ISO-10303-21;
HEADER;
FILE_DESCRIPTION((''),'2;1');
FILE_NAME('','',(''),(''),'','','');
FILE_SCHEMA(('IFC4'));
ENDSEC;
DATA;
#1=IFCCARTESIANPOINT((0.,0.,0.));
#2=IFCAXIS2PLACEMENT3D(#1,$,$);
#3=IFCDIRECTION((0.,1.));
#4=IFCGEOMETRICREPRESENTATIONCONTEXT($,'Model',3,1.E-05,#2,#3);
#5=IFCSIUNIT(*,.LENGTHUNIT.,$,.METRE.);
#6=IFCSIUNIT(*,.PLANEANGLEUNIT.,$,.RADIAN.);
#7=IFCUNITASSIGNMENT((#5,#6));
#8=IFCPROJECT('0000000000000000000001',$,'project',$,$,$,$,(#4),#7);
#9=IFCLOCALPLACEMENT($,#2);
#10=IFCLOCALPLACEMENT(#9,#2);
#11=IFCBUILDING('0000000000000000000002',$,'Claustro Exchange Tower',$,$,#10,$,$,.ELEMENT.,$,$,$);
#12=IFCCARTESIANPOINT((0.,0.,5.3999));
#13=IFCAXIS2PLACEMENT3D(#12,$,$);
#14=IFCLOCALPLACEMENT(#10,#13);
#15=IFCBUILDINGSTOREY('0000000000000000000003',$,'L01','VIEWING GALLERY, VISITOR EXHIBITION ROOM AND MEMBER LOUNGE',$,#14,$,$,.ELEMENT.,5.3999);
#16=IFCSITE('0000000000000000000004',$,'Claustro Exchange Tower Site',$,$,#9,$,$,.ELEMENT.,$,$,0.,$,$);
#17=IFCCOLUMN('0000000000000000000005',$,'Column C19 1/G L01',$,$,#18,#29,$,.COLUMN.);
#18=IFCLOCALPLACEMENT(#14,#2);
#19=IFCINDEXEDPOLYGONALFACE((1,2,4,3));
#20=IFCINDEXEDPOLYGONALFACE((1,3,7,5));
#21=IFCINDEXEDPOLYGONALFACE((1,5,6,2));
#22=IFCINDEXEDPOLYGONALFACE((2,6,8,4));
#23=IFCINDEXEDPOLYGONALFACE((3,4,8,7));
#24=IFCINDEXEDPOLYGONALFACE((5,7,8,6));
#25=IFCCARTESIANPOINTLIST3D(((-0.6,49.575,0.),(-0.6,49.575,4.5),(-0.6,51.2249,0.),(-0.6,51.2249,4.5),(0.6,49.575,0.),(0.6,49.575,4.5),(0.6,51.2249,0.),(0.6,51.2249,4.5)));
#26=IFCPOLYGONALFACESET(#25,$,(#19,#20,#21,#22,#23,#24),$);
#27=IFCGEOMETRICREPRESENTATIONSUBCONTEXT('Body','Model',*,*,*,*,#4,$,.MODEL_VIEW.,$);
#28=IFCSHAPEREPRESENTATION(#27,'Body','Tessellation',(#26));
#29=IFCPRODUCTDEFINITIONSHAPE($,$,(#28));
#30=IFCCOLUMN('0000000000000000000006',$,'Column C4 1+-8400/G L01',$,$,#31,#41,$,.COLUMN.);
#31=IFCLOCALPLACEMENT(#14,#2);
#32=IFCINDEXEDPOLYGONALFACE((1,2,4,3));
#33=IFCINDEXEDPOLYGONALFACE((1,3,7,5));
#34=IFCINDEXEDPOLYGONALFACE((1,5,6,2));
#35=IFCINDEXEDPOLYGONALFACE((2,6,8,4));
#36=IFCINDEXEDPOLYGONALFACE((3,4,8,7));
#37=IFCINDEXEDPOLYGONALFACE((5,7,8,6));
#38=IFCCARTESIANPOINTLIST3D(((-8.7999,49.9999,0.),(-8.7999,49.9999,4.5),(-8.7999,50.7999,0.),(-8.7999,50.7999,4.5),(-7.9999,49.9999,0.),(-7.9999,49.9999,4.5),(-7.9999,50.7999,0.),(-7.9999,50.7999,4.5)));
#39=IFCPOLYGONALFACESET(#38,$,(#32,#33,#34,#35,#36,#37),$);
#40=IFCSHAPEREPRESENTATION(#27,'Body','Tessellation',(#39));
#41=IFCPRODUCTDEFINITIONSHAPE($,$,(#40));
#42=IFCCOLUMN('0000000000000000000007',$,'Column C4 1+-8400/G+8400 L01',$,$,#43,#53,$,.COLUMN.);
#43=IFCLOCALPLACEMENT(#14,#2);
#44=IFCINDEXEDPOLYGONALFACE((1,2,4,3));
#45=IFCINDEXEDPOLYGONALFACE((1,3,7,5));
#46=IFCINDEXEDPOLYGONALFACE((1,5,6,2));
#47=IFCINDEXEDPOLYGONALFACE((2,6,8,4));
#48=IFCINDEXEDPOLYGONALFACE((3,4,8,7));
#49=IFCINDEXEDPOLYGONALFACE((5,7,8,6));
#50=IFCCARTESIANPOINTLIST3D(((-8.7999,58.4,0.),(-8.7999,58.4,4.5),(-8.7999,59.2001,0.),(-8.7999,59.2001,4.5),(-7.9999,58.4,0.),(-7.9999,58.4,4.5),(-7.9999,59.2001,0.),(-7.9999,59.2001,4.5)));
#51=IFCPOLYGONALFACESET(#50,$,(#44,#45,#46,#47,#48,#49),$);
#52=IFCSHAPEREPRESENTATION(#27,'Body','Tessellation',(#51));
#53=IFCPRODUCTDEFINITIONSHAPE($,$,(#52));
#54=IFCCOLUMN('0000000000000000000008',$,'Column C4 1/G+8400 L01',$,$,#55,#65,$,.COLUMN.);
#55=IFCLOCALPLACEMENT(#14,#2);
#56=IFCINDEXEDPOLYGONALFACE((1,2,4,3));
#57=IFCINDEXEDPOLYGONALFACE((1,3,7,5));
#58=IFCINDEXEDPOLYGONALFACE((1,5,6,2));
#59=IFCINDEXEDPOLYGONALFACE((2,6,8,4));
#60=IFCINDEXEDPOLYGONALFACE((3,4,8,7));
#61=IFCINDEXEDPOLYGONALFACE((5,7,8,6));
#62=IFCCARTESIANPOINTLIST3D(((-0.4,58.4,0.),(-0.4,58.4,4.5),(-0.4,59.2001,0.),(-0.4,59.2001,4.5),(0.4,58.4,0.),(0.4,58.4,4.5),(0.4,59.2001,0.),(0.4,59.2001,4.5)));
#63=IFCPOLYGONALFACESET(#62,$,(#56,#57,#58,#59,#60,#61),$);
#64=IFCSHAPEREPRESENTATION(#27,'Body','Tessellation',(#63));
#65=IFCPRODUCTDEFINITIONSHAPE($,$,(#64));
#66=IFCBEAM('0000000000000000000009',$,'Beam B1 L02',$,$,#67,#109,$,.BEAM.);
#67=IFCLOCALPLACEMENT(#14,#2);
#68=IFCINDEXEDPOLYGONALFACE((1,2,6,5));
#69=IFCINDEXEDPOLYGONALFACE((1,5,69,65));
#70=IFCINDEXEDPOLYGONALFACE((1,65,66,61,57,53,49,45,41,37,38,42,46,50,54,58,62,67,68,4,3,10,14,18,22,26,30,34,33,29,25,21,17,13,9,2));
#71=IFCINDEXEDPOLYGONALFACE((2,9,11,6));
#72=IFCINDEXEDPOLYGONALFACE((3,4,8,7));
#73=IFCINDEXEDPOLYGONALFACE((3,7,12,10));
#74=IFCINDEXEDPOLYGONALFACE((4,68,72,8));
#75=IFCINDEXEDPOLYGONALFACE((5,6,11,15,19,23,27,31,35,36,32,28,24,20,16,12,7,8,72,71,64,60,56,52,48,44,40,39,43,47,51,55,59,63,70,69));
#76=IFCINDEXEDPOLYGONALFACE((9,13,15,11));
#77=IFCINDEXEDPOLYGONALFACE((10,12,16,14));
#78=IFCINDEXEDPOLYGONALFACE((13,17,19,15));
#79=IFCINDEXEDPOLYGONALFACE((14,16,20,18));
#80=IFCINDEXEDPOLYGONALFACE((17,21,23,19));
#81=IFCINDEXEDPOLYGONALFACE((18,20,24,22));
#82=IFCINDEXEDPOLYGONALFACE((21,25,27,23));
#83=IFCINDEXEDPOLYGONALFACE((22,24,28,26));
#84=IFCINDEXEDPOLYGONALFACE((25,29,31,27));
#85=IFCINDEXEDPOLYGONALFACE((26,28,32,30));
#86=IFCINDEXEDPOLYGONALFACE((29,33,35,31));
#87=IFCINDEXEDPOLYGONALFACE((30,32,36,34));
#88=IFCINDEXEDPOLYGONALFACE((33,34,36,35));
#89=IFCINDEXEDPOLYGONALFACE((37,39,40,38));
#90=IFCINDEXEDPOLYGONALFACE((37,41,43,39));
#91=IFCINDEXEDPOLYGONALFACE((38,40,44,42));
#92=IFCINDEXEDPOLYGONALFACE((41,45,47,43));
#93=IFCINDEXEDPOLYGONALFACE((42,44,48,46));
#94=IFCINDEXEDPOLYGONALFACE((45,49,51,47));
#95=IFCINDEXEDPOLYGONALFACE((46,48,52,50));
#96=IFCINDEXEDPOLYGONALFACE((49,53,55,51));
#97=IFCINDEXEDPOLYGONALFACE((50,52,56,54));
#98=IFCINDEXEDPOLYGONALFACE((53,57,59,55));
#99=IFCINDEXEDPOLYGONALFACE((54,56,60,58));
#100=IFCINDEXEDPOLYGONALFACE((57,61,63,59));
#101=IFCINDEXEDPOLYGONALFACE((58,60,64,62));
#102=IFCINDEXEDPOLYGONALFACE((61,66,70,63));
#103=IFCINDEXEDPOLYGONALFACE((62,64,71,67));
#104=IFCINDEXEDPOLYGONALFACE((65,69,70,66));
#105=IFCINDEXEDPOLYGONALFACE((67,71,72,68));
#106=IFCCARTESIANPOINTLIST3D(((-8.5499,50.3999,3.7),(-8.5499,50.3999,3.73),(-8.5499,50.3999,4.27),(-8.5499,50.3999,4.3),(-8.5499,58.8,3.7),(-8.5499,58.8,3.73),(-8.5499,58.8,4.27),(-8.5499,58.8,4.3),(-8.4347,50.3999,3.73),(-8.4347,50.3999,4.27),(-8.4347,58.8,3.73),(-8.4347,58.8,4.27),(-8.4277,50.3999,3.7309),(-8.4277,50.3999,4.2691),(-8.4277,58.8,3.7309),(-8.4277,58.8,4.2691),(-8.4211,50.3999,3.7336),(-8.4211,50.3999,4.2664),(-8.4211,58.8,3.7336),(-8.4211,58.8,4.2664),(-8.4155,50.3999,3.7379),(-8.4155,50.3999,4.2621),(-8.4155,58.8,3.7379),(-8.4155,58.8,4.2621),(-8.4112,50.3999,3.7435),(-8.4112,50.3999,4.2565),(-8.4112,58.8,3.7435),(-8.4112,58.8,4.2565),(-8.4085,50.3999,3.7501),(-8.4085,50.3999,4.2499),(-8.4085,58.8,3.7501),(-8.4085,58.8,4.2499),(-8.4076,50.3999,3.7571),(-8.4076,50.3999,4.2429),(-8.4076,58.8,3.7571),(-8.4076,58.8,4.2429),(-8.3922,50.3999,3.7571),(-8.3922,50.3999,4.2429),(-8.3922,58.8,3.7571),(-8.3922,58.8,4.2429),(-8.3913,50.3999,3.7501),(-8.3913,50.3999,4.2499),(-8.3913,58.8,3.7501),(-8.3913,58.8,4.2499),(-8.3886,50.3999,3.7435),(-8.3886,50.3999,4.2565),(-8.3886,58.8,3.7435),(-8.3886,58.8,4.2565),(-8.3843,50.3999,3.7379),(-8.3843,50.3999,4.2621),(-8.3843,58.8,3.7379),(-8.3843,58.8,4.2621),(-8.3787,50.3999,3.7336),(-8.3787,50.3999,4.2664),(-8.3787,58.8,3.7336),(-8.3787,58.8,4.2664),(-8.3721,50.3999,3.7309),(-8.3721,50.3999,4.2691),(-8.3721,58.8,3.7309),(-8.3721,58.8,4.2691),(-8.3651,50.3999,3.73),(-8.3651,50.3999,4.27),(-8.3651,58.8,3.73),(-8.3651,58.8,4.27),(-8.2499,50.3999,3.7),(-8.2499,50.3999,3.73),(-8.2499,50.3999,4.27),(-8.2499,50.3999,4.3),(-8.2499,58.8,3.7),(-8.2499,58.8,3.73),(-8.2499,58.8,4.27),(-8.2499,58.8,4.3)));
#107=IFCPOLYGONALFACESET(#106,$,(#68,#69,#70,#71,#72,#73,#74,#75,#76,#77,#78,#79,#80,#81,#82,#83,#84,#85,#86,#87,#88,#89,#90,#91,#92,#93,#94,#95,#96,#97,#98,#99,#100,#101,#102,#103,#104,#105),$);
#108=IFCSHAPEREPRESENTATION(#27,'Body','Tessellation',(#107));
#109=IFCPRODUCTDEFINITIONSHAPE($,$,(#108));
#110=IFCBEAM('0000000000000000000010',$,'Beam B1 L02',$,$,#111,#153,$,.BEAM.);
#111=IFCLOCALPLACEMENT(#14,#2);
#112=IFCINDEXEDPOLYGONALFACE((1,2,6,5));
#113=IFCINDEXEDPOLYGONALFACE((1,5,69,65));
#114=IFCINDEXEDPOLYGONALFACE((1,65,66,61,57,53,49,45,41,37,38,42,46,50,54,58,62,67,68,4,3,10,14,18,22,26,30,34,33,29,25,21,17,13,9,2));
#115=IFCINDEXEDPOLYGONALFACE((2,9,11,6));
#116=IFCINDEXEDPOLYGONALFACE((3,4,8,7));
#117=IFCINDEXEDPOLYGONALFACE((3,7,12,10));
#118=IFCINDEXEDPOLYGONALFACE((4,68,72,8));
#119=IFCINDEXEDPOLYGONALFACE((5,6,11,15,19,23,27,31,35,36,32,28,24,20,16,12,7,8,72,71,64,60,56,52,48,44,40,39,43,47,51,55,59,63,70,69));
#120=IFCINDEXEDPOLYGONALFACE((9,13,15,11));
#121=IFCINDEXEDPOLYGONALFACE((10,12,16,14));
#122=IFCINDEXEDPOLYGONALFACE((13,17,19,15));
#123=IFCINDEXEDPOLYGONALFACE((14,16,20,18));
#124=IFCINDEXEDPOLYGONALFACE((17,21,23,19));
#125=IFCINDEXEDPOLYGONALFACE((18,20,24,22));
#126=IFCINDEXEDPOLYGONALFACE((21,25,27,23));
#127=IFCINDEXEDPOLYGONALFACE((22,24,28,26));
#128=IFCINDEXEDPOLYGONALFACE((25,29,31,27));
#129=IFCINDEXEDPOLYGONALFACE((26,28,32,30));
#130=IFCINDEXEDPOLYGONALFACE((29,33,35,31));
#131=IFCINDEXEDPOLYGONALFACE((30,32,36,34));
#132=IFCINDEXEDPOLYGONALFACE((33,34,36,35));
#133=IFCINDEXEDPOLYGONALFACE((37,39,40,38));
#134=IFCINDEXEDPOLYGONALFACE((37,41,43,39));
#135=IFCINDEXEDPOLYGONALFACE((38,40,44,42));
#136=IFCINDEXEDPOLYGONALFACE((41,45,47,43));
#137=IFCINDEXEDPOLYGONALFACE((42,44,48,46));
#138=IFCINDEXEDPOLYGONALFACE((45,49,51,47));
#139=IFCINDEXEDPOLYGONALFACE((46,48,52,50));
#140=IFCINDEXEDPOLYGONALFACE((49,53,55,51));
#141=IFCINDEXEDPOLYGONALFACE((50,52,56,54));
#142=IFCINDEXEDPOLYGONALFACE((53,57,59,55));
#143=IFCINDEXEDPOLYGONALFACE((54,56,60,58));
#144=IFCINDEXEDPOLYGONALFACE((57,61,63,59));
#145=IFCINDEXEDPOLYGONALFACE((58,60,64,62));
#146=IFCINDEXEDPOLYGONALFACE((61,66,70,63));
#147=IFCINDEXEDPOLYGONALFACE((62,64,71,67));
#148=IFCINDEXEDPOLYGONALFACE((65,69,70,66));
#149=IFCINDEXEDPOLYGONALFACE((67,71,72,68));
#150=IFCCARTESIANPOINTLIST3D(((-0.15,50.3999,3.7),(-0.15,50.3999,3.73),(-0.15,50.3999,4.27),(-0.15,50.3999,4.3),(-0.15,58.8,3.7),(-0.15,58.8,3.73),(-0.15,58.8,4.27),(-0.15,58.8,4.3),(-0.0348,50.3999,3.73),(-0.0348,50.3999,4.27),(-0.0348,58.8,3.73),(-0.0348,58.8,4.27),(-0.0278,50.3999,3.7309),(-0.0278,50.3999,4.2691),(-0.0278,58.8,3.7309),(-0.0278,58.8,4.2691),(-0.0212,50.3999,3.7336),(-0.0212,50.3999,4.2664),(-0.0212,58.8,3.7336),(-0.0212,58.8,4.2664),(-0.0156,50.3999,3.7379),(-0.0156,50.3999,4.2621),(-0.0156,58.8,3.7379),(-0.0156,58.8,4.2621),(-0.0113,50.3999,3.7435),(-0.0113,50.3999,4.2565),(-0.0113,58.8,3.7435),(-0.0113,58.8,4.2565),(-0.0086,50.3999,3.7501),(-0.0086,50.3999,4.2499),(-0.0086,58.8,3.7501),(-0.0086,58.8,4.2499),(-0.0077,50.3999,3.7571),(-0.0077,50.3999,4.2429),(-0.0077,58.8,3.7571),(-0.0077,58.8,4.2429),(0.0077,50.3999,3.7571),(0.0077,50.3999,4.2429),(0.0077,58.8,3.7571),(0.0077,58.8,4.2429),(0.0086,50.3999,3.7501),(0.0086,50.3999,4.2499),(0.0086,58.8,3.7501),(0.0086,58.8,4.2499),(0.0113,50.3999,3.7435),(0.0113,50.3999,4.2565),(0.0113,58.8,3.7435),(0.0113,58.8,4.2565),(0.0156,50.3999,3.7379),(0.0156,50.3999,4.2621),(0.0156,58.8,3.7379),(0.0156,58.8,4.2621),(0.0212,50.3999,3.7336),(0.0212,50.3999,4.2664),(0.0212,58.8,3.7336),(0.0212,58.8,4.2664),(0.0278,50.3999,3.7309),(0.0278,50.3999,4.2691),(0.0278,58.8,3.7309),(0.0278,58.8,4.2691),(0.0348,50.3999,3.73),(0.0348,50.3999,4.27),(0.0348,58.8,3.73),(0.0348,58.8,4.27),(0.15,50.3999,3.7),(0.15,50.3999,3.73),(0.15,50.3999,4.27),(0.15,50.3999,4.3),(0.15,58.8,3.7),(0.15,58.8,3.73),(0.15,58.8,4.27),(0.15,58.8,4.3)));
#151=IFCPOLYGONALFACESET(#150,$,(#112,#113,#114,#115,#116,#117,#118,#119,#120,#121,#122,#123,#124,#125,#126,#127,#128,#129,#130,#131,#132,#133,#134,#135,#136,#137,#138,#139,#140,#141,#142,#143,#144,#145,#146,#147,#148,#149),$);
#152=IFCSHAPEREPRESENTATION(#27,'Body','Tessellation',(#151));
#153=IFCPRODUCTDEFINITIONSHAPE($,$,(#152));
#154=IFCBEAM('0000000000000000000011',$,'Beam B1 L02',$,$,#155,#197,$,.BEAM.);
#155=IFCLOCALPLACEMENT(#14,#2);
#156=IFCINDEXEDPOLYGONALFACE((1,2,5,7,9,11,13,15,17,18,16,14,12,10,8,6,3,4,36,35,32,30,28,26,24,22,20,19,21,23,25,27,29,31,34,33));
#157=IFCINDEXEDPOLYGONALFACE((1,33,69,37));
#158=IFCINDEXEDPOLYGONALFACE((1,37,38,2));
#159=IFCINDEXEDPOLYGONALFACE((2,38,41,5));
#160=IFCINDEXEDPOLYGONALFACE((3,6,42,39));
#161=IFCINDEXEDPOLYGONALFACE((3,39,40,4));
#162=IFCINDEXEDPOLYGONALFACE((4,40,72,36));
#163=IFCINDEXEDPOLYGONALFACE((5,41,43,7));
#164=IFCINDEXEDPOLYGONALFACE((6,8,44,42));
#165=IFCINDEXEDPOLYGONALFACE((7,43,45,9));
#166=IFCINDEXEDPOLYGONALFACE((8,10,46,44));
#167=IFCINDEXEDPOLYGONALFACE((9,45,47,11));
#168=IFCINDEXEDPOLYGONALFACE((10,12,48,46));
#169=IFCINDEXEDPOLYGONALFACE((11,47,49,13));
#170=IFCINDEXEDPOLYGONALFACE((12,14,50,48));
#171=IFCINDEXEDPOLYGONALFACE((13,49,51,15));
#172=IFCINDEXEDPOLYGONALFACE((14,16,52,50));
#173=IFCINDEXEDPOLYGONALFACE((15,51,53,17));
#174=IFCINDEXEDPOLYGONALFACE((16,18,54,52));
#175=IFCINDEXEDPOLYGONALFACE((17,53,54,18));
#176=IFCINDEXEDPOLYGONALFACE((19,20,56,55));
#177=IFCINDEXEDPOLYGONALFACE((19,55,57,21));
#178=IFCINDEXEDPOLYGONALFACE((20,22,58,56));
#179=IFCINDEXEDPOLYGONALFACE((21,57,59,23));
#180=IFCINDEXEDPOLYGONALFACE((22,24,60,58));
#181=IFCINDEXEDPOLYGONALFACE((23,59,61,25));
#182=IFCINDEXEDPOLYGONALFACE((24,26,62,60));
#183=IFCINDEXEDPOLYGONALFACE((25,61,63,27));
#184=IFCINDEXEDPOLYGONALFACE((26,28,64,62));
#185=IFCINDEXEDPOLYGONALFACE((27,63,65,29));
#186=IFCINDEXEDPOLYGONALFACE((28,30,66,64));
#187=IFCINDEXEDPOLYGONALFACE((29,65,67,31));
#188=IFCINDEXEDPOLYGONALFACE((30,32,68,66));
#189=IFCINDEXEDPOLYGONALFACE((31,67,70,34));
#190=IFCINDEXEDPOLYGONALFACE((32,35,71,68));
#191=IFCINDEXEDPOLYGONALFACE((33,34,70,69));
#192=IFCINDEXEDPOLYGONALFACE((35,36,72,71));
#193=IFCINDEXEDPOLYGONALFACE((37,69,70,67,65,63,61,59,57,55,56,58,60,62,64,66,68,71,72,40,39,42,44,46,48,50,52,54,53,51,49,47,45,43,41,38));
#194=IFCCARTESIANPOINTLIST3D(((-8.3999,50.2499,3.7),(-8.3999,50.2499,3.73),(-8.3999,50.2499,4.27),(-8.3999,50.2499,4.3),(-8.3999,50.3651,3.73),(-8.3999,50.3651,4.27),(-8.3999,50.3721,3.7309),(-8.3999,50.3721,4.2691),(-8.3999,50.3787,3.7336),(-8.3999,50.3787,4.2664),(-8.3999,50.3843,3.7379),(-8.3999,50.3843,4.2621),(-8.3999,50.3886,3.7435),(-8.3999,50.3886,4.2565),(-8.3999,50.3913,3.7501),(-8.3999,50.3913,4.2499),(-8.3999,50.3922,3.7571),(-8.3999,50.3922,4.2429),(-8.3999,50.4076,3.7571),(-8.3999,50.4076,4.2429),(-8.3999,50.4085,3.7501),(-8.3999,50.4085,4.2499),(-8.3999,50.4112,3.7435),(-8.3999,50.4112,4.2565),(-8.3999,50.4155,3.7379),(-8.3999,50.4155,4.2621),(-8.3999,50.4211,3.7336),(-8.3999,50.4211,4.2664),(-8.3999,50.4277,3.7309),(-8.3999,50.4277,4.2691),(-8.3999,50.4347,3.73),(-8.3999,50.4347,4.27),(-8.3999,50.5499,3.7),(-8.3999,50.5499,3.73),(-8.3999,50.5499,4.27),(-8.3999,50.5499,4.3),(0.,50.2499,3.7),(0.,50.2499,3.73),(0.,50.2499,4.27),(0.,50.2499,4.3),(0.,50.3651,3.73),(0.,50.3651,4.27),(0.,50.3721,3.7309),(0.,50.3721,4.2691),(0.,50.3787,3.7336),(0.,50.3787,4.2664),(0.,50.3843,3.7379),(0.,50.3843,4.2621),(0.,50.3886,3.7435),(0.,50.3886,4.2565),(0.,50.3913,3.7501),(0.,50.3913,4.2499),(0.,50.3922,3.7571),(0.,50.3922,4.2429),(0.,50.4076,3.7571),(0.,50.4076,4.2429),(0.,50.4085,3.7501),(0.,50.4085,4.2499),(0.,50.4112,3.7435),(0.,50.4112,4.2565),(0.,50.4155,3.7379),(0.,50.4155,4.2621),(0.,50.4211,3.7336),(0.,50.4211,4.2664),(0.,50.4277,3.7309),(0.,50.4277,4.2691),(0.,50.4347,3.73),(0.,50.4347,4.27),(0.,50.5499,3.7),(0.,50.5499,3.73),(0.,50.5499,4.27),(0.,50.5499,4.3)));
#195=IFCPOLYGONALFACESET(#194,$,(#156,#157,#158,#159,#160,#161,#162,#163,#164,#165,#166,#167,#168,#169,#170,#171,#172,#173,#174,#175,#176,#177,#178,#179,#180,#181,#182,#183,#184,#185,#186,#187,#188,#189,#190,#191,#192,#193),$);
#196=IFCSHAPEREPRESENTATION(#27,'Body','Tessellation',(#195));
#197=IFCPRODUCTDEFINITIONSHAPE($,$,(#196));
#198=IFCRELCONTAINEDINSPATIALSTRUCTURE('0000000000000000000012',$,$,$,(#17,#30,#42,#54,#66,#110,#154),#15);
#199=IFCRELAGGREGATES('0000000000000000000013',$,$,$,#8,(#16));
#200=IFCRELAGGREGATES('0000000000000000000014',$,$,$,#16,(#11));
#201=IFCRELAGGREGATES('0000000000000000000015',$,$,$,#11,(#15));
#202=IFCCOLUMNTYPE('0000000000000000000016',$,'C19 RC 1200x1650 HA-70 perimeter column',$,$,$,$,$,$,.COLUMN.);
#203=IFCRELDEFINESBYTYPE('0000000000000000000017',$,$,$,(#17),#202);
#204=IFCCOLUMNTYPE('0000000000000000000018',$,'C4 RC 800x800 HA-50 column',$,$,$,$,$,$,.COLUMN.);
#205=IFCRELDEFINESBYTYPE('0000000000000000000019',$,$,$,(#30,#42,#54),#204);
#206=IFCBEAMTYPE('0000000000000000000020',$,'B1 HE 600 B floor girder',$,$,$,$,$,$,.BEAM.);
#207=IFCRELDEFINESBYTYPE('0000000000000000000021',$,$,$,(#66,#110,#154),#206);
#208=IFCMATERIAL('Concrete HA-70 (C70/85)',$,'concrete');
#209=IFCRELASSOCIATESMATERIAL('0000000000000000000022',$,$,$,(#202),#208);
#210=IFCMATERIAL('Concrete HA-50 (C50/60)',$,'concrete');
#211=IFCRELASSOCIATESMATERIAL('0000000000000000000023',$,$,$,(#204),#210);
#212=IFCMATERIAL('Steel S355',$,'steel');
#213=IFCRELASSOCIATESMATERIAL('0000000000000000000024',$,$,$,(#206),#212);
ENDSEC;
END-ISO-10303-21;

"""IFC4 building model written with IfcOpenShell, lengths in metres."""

from ifc_helpers import new_model, si_unit, direction, frame, origin, origin_2d, place, context, subcontext, project, spatial, rectangle, i_section, extrude, material, material_profile, profile_set, type_object, element, save


model = new_model("IFC4")

# Units and contexts
model_context = context("Model", 3, precision=1e-05, world=origin(), true_north=direction((0.0, 1.0)))
body_context = subcontext(model_context, "Body", "Model", "MODEL_VIEW")
ifc_project = project(units=[si_unit("LENGTHUNIT", "METRE"), si_unit("PLANEANGLEUNIT", "RADIAN")], contexts=[model_context])

# Site, building, storey
site_placement = place(None, origin())
site = spatial("IfcSite", under=ifc_project, at=site_placement, Name="Claustro Exchange Tower Site", CompositionType="ELEMENT", RefElevation=0.0)
building_placement = place(site_placement, origin())
building = spatial("IfcBuilding", under=site, at=building_placement, Name="Claustro Exchange Tower", CompositionType="ELEMENT")
storey_placement = place(building_placement, frame((0.0, 0.0, 5.3999)))
storey = spatial("IfcBuildingStorey", under=building, at=storey_placement, Name="L01", Description="VIEWING GALLERY, VISITOR EXHIBITION ROOM AND MEMBER LOUNGE", CompositionType="ELEMENT", Elevation=5.3999)

# Columns
ifc_material_1 = material(Name="Concrete HA-70 (C70/85)", Category="concrete")
ifc_material_profile_1 = material_profile(ifc_material_1, rectangle(XDim=1.2, YDim=1.6499, at=origin_2d()), Name="RC 1200x1650")
ifc_profile_set_1 = profile_set([ifc_material_profile_1], Name="Concrete HA-70 (C70/85)")
column_type_1 = type_object("IfcColumnType", Name="C19 RC 1200x1650 HA-70 perimeter column", PredefinedType="COLUMN", material=ifc_profile_set_1)
column_placement = place(storey_placement, frame((0.0, 50.3999, 0.0), z_axis=(0.0, 0.0, 1.0), x_axis=(1.0, 0.0, 0.0)))
element("IfcColumn", 1, at=column_placement, inside=storey, type_object=column_type_1, Name="Column C19 1/G L01", PredefinedType="COLUMN", context=body_context, shape_type="SweptSolid", body=[
    extrude(rectangle(XDim=1.2, YDim=1.6499, at=origin_2d()), origin(), (0.0, 0.0, 1.0), 4.5),
])
ifc_material_2 = material(Name="Concrete HA-50 (C50/60)", Category="concrete")
ifc_material_profile_2 = material_profile(ifc_material_2, rectangle(XDim=0.8, YDim=0.8, at=origin_2d()), Name="RC 800x800")
ifc_profile_set_2 = profile_set([ifc_material_profile_2], Name="Concrete HA-50 (C50/60)")
column_type_2 = type_object("IfcColumnType", Name="C4 RC 800x800 HA-50 column", PredefinedType="COLUMN", material=ifc_profile_set_2)
for number, where, z_axis, x_axis, name in (
    (2, (-8.3999, 50.3999, 0.0), (0.0, 0.0, 1.0), (1.0, 0.0, 0.0), "Column C4 1+-8400/G L01"),
    (3, (-8.3999, 58.8, 0.0), (0.0, 0.0, 1.0), (1.0, 0.0, 0.0), "Column C4 1+-8400/G+8400 L01"),
    (4, (0.0, 58.8, 0.0), (0.0, 0.0, 1.0), (1.0, 0.0, 0.0), "Column C4 1/G+8400 L01"),
):
    element("IfcColumn", number, at=place(storey_placement, frame(where, z_axis=z_axis, x_axis=x_axis)), inside=storey, type_object=column_type_2, Name=name, PredefinedType="COLUMN", context=body_context, shape_type="SweptSolid", body=[
        extrude(rectangle(XDim=0.8, YDim=0.8, at=origin_2d()), origin(), (0.0, 0.0, 1.0), 4.5),
    ])

# Beams
ifc_material_3 = material(Name="Steel S355", Category="steel")
ifc_material_profile_3 = material_profile(ifc_material_3, i_section(OverallWidth=0.3, OverallDepth=0.6001, WebThickness=0.0154, FlangeThickness=0.03, FilletRadius=0.0271, at=origin_2d()), Name="HE 600 B")
ifc_profile_set_3 = profile_set([ifc_material_profile_3], Name="Steel S355")
beam_type_1 = type_object("IfcBeamType", Name="B1 HE 600 B floor girder", PredefinedType="BEAM", material=ifc_profile_set_3)
for number, where, z_axis, x_axis, name in (
    (5, (-8.3999, 50.3999, 4.0), (0.0, 1.0, 0.0), (-1.0, 0.0, 0.0), "Beam B1 L02"),
    (6, (0.0, 50.3999, 4.0), (0.0, 1.0, 0.0), (-1.0, 0.0, 0.0), "Beam B1 L02"),
):
    element("IfcBeam", number, at=place(storey_placement, frame(where, z_axis=z_axis, x_axis=x_axis)), inside=storey, type_object=beam_type_1, Name=name, PredefinedType="BEAM", context=body_context, shape_type="SweptSolid", body=[
        extrude(i_section(OverallWidth=0.3, OverallDepth=0.6001, WebThickness=0.0154, FlangeThickness=0.03, FilletRadius=0.0271, at=origin_2d()), origin(), (0.0, 0.0, 1.0), 8.4001),
    ])
for number, where, z_axis, x_axis, name in (
    (7, (-8.3999, 50.3999, 4.0), (1.0, 0.0, 0.0), (0.0, 1.0, 0.0), "Beam B1 L02"),
):
    element("IfcBeam", number, at=place(storey_placement, frame(where, z_axis=z_axis, x_axis=x_axis)), inside=storey, type_object=beam_type_1, Name=name, PredefinedType="BEAM", context=body_context, shape_type="SweptSolid", body=[
        extrude(i_section(OverallWidth=0.3, OverallDepth=0.6001, WebThickness=0.0154, FlangeThickness=0.03, FilletRadius=0.0271, at=origin_2d()), origin(), (0.0, 0.0, 1.0), 8.3999),
    ])

save(model, "model.ifc")
